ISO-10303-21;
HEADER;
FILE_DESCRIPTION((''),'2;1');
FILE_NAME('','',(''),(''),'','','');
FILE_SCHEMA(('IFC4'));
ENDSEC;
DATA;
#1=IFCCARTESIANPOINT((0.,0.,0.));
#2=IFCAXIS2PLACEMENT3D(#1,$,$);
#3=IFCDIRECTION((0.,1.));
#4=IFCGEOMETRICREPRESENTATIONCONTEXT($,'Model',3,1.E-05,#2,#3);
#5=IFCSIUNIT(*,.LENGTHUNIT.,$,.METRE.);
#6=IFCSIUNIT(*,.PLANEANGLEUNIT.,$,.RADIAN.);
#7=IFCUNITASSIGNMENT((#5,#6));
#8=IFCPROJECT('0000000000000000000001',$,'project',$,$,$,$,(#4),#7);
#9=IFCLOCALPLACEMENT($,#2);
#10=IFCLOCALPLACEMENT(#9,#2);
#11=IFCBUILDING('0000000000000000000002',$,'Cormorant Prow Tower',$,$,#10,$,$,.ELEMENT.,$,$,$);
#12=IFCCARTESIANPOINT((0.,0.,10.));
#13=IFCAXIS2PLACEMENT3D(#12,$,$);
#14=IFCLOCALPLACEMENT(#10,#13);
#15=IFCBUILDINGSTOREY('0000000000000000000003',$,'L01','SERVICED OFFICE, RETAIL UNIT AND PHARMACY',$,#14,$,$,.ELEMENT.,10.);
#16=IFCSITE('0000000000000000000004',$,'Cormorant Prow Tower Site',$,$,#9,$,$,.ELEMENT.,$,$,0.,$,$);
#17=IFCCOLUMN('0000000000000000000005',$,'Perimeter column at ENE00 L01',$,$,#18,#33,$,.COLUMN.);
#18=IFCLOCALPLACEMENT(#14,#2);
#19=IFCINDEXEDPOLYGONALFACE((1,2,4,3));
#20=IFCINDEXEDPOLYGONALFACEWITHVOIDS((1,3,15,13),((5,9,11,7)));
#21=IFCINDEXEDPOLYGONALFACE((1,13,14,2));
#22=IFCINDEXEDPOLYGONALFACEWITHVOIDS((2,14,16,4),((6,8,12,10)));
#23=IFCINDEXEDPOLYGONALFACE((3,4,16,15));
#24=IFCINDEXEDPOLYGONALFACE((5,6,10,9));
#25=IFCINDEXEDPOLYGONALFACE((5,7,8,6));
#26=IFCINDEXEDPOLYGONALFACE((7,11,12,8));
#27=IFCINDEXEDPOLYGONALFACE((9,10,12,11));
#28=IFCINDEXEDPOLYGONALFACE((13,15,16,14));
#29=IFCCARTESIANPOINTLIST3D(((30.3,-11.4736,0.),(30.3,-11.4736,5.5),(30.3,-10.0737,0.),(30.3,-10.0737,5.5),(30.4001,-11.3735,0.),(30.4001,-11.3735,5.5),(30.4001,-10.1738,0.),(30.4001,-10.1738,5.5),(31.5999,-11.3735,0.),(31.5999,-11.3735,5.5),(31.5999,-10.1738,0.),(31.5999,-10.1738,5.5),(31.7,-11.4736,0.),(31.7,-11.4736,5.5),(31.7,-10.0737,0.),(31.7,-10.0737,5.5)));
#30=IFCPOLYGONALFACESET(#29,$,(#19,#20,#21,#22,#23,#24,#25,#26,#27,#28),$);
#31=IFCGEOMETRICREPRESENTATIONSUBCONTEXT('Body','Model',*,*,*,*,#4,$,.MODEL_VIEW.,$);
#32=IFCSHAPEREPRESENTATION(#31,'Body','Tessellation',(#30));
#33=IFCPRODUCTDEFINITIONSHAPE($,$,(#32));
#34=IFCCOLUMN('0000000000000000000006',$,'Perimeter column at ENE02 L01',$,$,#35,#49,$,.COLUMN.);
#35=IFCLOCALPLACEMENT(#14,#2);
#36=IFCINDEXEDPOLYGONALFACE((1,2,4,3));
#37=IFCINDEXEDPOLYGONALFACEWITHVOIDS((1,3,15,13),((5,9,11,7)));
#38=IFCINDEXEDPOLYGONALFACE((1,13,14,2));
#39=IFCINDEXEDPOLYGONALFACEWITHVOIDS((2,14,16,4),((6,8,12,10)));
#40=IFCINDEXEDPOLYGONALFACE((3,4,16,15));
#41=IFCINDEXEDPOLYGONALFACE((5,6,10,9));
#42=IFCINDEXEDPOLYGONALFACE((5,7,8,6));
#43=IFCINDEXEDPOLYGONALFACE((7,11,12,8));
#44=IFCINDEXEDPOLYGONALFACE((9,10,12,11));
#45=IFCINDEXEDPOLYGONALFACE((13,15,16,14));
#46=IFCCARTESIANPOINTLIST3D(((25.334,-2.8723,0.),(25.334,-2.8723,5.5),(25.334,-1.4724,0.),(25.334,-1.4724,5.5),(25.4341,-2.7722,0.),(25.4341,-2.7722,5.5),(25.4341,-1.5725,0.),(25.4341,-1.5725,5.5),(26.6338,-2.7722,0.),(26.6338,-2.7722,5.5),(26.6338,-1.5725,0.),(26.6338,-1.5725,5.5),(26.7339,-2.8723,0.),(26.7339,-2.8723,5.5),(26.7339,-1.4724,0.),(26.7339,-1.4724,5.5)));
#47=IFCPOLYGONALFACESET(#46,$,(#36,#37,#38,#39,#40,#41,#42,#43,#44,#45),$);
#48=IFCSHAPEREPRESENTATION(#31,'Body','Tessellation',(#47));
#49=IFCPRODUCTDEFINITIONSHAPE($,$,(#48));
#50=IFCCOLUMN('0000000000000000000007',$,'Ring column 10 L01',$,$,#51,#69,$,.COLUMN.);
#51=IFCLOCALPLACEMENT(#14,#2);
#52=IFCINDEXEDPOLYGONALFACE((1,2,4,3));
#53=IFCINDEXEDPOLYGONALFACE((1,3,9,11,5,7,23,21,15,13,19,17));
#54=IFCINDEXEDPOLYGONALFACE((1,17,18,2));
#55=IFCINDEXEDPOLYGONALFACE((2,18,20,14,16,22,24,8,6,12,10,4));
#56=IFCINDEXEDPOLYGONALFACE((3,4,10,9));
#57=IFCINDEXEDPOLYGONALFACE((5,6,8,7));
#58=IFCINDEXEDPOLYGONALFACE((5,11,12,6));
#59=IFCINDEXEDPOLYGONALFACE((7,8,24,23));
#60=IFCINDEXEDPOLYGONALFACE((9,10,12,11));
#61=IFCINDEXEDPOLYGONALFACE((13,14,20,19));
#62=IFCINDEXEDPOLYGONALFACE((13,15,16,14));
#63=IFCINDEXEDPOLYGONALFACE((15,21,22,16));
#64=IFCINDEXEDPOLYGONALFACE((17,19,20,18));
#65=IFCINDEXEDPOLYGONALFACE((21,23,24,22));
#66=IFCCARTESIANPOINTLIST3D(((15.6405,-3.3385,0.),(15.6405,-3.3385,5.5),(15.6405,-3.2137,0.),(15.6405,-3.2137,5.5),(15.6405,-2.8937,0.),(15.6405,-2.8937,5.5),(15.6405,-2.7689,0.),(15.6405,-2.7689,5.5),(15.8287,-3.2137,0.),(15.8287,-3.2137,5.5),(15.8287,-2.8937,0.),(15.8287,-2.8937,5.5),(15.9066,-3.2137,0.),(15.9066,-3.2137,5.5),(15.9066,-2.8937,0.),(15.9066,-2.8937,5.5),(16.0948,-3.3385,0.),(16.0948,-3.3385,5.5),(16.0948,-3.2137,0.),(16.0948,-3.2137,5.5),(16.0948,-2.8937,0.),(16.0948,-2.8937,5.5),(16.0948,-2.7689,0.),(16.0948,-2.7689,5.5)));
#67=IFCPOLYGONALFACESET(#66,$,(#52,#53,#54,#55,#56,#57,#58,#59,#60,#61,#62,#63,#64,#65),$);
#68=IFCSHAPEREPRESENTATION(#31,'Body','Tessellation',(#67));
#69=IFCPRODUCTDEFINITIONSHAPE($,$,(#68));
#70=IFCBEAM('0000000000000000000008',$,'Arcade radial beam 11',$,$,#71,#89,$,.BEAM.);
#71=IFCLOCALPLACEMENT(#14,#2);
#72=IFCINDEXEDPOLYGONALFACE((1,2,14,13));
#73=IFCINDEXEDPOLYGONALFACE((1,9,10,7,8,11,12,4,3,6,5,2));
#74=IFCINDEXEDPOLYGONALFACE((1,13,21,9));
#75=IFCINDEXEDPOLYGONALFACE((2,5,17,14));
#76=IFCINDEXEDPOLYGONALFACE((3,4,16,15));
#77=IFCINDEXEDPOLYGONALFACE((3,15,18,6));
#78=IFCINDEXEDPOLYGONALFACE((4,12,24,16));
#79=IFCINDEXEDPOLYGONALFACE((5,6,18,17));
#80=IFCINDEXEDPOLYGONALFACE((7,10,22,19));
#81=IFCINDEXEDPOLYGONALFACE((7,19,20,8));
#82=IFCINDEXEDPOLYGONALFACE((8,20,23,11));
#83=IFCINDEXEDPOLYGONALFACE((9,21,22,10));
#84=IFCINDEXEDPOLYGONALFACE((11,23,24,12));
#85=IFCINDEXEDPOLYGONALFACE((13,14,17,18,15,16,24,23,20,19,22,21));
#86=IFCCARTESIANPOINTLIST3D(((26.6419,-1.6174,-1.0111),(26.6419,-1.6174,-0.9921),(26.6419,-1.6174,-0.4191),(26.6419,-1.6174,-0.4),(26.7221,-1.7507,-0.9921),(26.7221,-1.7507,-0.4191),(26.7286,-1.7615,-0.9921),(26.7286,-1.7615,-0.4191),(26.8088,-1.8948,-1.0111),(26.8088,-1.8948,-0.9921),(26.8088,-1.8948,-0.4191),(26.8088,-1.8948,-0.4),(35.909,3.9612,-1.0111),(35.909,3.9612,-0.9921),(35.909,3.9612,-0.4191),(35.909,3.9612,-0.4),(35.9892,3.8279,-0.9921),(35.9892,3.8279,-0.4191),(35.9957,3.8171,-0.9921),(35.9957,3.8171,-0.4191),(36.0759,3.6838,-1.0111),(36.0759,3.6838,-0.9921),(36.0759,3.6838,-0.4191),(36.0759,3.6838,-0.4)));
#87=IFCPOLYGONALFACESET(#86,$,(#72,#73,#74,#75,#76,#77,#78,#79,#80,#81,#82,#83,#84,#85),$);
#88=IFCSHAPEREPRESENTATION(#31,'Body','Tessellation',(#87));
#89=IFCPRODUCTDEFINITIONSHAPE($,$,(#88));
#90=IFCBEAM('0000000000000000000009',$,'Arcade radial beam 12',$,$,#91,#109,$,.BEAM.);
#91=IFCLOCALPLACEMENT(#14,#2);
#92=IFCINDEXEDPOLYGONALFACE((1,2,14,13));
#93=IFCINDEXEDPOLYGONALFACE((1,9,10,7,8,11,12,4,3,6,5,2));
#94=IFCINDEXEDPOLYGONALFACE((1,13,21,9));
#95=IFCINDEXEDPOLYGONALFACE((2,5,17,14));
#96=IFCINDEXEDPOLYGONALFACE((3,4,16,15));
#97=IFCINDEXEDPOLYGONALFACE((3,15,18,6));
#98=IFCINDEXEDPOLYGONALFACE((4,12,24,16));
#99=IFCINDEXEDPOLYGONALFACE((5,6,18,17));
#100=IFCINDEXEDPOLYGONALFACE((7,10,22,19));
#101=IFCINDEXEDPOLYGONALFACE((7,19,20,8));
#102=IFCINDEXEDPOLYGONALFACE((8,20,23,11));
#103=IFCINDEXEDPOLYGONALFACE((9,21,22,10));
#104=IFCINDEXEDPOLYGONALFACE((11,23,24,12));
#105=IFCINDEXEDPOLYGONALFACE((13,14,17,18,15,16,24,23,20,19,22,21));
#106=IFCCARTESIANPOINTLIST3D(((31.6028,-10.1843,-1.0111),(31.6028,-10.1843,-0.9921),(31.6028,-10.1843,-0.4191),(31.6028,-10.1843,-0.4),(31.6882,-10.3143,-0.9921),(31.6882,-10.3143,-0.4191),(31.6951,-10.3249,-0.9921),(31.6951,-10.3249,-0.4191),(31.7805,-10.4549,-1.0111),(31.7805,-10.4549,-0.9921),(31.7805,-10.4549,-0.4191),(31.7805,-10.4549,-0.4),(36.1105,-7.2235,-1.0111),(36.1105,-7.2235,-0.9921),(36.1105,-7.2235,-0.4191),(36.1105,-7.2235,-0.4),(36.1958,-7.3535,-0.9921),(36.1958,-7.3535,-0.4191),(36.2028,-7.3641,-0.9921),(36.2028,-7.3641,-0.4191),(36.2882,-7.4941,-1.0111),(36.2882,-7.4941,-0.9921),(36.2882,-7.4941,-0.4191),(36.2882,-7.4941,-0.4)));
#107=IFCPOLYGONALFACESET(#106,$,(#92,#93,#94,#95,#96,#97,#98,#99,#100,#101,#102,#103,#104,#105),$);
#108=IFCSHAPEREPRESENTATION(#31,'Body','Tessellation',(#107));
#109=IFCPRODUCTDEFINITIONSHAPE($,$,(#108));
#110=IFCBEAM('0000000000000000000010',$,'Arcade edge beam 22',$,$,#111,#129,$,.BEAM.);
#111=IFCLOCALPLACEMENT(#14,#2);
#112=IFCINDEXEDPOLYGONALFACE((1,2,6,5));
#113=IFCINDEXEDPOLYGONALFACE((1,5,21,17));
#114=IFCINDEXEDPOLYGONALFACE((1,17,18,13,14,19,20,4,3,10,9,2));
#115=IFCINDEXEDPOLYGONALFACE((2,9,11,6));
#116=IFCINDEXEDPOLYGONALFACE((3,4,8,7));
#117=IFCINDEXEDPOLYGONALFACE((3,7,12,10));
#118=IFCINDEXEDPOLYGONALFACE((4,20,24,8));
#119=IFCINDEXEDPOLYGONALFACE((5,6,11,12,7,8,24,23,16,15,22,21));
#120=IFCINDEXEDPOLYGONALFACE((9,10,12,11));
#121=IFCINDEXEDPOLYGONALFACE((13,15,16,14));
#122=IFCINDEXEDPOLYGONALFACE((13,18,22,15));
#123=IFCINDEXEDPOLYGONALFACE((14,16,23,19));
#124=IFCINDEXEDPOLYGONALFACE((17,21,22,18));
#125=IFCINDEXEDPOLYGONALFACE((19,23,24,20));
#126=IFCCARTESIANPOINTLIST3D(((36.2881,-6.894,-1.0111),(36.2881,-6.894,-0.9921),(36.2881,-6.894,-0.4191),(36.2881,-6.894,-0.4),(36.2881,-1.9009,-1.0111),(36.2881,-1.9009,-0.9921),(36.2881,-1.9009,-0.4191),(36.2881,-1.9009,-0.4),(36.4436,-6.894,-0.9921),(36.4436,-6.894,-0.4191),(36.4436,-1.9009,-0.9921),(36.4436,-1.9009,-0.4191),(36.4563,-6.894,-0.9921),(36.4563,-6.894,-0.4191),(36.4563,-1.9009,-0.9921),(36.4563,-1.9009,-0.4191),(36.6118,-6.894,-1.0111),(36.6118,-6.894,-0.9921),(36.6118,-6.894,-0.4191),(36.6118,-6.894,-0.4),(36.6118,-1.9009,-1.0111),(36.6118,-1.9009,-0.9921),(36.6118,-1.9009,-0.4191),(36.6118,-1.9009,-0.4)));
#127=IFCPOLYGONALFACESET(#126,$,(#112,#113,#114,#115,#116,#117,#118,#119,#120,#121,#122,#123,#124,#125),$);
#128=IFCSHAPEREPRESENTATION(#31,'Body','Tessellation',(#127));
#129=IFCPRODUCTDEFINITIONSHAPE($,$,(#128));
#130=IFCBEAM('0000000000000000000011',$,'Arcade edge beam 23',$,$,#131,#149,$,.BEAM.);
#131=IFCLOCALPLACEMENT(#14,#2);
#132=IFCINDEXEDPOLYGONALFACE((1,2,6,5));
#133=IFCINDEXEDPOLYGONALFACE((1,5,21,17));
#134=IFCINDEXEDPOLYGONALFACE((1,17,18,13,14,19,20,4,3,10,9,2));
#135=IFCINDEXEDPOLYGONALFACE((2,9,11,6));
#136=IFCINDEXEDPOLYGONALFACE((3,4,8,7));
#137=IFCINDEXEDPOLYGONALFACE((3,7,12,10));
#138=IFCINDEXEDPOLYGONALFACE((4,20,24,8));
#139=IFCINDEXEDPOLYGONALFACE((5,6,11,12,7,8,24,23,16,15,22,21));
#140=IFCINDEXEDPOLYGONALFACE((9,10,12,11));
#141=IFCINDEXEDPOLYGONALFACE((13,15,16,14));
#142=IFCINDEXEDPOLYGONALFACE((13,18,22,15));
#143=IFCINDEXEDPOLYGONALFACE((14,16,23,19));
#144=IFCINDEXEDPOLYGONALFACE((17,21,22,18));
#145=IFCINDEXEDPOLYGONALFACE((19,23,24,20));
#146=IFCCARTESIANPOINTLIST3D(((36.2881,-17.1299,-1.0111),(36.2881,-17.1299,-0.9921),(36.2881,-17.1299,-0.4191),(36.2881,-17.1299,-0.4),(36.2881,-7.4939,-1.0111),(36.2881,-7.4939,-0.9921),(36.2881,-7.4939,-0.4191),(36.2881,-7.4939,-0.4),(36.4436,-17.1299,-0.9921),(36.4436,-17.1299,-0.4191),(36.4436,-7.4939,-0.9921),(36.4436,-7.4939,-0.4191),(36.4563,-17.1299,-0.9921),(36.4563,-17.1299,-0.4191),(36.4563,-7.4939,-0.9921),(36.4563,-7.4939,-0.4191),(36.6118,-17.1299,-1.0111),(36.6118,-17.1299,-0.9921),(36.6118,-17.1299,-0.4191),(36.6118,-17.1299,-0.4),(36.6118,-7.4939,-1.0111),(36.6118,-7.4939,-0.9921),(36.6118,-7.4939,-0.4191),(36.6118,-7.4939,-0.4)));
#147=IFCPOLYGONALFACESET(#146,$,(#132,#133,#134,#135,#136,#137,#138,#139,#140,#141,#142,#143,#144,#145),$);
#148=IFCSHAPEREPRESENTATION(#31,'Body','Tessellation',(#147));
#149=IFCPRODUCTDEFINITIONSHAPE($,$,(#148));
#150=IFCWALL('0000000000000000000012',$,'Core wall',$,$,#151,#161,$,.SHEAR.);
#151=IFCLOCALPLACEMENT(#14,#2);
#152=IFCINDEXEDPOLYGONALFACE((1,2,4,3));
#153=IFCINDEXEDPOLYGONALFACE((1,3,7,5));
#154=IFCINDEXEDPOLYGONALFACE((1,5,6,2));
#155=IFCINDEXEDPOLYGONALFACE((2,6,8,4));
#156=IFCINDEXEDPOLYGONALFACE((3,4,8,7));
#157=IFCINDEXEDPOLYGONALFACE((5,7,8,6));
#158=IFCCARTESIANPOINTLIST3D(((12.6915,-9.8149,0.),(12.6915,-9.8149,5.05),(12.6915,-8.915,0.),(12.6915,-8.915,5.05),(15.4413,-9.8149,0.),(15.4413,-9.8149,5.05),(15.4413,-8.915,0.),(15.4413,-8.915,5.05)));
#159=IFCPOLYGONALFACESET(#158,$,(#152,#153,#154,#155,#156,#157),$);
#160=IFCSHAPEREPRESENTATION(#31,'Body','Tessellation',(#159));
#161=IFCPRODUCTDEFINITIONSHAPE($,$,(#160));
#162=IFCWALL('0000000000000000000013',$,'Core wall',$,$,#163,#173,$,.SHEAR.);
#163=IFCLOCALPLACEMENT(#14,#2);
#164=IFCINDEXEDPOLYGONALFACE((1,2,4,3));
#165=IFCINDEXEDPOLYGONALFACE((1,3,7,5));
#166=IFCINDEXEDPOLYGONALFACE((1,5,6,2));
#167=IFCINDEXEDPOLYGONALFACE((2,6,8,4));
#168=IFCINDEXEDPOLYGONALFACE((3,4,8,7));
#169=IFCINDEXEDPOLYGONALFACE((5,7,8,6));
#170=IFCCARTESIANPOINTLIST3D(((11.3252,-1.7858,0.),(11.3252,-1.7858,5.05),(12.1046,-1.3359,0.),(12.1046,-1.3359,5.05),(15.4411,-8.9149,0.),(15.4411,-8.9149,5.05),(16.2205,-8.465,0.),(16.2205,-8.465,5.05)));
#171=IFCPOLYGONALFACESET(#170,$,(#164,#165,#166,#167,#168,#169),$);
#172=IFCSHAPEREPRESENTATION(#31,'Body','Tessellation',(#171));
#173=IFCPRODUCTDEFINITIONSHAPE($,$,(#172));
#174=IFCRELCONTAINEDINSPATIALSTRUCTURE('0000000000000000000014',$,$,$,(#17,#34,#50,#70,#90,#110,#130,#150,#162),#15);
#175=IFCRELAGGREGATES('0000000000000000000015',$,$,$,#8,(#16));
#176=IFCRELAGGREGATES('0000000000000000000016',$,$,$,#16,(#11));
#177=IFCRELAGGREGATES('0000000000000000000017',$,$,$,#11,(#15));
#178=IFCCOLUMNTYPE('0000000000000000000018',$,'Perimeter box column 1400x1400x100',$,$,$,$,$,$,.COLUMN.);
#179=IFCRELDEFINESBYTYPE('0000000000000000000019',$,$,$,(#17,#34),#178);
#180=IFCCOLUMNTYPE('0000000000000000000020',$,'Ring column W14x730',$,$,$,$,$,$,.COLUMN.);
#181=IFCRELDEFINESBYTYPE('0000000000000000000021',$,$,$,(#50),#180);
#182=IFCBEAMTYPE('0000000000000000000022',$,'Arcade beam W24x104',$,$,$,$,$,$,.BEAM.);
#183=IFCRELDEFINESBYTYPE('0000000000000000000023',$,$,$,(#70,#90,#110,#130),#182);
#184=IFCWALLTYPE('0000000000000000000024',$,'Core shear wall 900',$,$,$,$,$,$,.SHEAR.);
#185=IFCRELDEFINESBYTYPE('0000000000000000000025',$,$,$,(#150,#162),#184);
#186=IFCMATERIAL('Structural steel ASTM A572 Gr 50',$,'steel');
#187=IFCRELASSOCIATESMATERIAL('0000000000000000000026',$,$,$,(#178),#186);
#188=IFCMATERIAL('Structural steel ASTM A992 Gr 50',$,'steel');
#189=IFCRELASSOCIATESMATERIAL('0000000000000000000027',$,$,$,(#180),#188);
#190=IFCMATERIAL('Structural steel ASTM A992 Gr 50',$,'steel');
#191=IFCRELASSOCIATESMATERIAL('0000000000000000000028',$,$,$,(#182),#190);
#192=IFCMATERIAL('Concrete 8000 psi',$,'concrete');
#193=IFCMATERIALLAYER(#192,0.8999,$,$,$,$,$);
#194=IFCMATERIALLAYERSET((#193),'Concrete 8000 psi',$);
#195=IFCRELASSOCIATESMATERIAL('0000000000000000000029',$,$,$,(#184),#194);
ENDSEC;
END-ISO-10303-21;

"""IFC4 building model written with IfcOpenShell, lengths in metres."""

from ifc_helpers import new_model, si_unit, direction, frame, frame_2d, origin, origin_2d, place, context, subcontext, project, spatial, rectangle, hollow_rectangle, i_section, extrude, material, layer, layer_set, material_profile, profile_set, type_object, element, save


model = new_model("IFC4")

# Units and contexts
model_context = context("Model", 3, precision=1e-05, world=origin(), true_north=direction((0.0, 1.0)))
body_context = subcontext(model_context, "Body", "Model", "MODEL_VIEW")
ifc_project = project(units=[si_unit("LENGTHUNIT", "METRE"), si_unit("PLANEANGLEUNIT", "RADIAN")], contexts=[model_context])

# Site, building, storey
site_placement = place(None, origin())
site = spatial("IfcSite", under=ifc_project, at=site_placement, Name="Cormorant Prow Tower Site", CompositionType="ELEMENT", RefElevation=0.0)
building_placement = place(site_placement, origin())
building = spatial("IfcBuilding", under=site, at=building_placement, Name="Cormorant Prow Tower", CompositionType="ELEMENT")
storey_placement = place(building_placement, frame((0.0, 0.0, 10.0)))
storey = spatial("IfcBuildingStorey", under=building, at=storey_placement, Name="L01", Description="SERVICED OFFICE, RETAIL UNIT AND PHARMACY", CompositionType="ELEMENT", Elevation=10.0)

# Columns
ifc_material_1 = material(Name="Structural steel ASTM A572 Gr 50", Category="steel")
ifc_material_profile_1 = material_profile(ifc_material_1, hollow_rectangle(XDim=1.3999, YDim=1.3999, WallThickness=0.1001, at=origin_2d()), Name="Box 1400x1400x100")
ifc_profile_set_1 = profile_set([ifc_material_profile_1], Name="Structural steel ASTM A572 Gr 50")
column_type_1 = type_object("IfcColumnType", Name="Perimeter box column 1400x1400x100", PredefinedType="COLUMN", material=ifc_profile_set_1)
for number, where, z_axis, x_axis, name in (
    (1, (31.0, -10.7737, 0.0), (0.0, 0.0, 1.0), (1.0, 0.0, 0.0), "Perimeter column at ENE00 L01"),
    (2, (26.0339, -2.1724, 0.0), (0.0, 0.0, 1.0), (1.0, 0.0, 0.0), "Perimeter column at ENE02 L01"),
):
    element("IfcColumn", number, at=place(storey_placement, frame(where, z_axis=z_axis, x_axis=x_axis)), inside=storey, type_object=column_type_1, Name=name, PredefinedType="COLUMN", context=body_context, shape_type="SweptSolid", body=[
        extrude(hollow_rectangle(XDim=1.3999, YDim=1.3999, WallThickness=0.1001, at=origin_2d()), origin(), (0.0, 0.0, 1.0), 5.5),
    ])
ifc_material_2 = material(Name="Structural steel ASTM A992 Gr 50", Category="steel")
ifc_material_profile_2 = material_profile(ifc_material_2, i_section(OverallWidth=0.4543, OverallDepth=0.5696, WebThickness=0.0779, FlangeThickness=0.1248, at=origin_2d()), Name="W14x730")
ifc_profile_set_2 = profile_set([ifc_material_profile_2], Name="Structural steel ASTM A992 Gr 50")
column_type_2 = type_object("IfcColumnType", Name="Ring column W14x730", PredefinedType="COLUMN", material=ifc_profile_set_2)
column_placement = place(storey_placement, frame((15.8677, -3.0537, 0.0), z_axis=(0.0, 0.0, 1.0), x_axis=(1.0, 0.0, 0.0)))
element("IfcColumn", 3, at=column_placement, inside=storey, type_object=column_type_2, Name="Ring column 10 L01", PredefinedType="COLUMN", context=body_context, shape_type="SweptSolid", body=[
    extrude(i_section(OverallWidth=0.4543, OverallDepth=0.5696, WebThickness=0.0779, FlangeThickness=0.1248, at=origin_2d()), origin(), (0.0, 0.0, 1.0), 5.5),
])

# Beams
ifc_material_3 = material(Name="Structural steel ASTM A992 Gr 50", Category="steel")
ifc_material_profile_3 = material_profile(ifc_material_3, i_section(OverallWidth=0.3237, OverallDepth=0.6111, WebThickness=0.0127, FlangeThickness=0.019, at=origin_2d()), Name="W24x104")
ifc_profile_set_3 = profile_set([ifc_material_profile_3], Name="Structural steel ASTM A992 Gr 50")
beam_type = type_object("IfcBeamType", Name="Arcade beam W24x104", PredefinedType="BEAM", material=ifc_profile_set_3)
beam_1_placement = place(storey_placement, frame((26.7253, -1.7561, -0.7056), z_axis=(0.856743, 0.515743, 0.0), x_axis=(-0.515743, 0.856743, 0.0)))
element("IfcBeam", 4, at=beam_1_placement, inside=storey, type_object=beam_type, Name="Arcade radial beam 11", PredefinedType="BEAM", context=body_context, shape_type="SweptSolid", body=[
    extrude(i_section(OverallWidth=0.3237, OverallDepth=0.6111, WebThickness=0.0127, FlangeThickness=0.019, at=origin_2d()), origin(), (0.0, 0.0, 1.0), 10.8167),
])
beam_2_placement = place(storey_placement, frame((31.6917, -10.3196, -0.7056), z_axis=(0.835827, 0.548994, 0.0), x_axis=(-0.548994, 0.835827, 0.0)))
element("IfcBeam", 5, at=beam_2_placement, inside=storey, type_object=beam_type, Name="Arcade radial beam 12", PredefinedType="BEAM", context=body_context, shape_type="SweptSolid", body=[
    extrude(i_section(OverallWidth=0.3237, OverallDepth=0.6111, WebThickness=0.0127, FlangeThickness=0.019, at=origin_2d()), origin(), (0.0, 0.0, 1.0), 5.3931),
])
beam_3_placement = place(storey_placement, frame((36.45, -1.9009, -0.7056), z_axis=(0.0, -1.0, 0.0), x_axis=(1.0, 0.0, 0.0)))
element("IfcBeam", 6, at=beam_3_placement, inside=storey, type_object=beam_type, Name="Arcade edge beam 22", PredefinedType="BEAM", context=body_context, shape_type="SweptSolid", body=[
    extrude(i_section(OverallWidth=0.3237, OverallDepth=0.6111, WebThickness=0.0127, FlangeThickness=0.019, at=origin_2d()), origin(), (0.0, 0.0, 1.0), 4.9932),
])
beam_4_placement = place(storey_placement, frame((36.45, -7.4939, -0.7056), z_axis=(0.0, -1.0, 0.0), x_axis=(1.0, 0.0, 0.0)))
element("IfcBeam", 7, at=beam_4_placement, inside=storey, type_object=beam_type, Name="Arcade edge beam 23", PredefinedType="BEAM", context=body_context, shape_type="SweptSolid", body=[
    extrude(i_section(OverallWidth=0.3237, OverallDepth=0.6111, WebThickness=0.0127, FlangeThickness=0.019, at=origin_2d()), origin(), (0.0, 0.0, 1.0), 9.636),
])

# Walls
ifc_material_4 = material(Name="Concrete 8000 psi", Category="concrete")
ifc_layer_1 = layer(ifc_material_4, 0.8999)
ifc_layer_set_1 = layer_set([ifc_layer_1], Name="Concrete 8000 psi")
wall_type_1 = type_object("IfcWallType", Name="Core shear wall 900", PredefinedType="SHEAR", material=ifc_layer_set_1)
wall_1_placement = place(storey_placement, frame((12.6914, -9.365, 0.0), z_axis=(0.0, 0.0, 1.0), x_axis=(1.0, 0.0, 0.0)))
element("IfcWall", 8, at=wall_1_placement, inside=storey, type_object=wall_type_1, Name="Core wall", PredefinedType="SHEAR", context=body_context, shape_type="SweptSolid", body=[
    extrude(rectangle(XDim=2.7498, YDim=0.8999, at=frame_2d((1.375, 0.0))), origin(), (0.0, 0.0, 1.0), 5.05),
])
wall_2_placement = place(storey_placement, frame((15.8308, -8.6899, 0.0), z_axis=(0.0, 0.0, 1.0), x_axis=(-0.499995, 0.866028, 0.0)))
element("IfcWall", 9, at=wall_2_placement, inside=storey, type_object=wall_type_1, Name="Core wall", PredefinedType="SHEAR", context=body_context, shape_type="SweptSolid", body=[
    extrude(rectangle(XDim=8.2319, YDim=0.8999, at=frame_2d((4.116, 0.0))), origin(), (0.0, 0.0, 1.0), 5.05),
])

save(model, "model.ifc")
